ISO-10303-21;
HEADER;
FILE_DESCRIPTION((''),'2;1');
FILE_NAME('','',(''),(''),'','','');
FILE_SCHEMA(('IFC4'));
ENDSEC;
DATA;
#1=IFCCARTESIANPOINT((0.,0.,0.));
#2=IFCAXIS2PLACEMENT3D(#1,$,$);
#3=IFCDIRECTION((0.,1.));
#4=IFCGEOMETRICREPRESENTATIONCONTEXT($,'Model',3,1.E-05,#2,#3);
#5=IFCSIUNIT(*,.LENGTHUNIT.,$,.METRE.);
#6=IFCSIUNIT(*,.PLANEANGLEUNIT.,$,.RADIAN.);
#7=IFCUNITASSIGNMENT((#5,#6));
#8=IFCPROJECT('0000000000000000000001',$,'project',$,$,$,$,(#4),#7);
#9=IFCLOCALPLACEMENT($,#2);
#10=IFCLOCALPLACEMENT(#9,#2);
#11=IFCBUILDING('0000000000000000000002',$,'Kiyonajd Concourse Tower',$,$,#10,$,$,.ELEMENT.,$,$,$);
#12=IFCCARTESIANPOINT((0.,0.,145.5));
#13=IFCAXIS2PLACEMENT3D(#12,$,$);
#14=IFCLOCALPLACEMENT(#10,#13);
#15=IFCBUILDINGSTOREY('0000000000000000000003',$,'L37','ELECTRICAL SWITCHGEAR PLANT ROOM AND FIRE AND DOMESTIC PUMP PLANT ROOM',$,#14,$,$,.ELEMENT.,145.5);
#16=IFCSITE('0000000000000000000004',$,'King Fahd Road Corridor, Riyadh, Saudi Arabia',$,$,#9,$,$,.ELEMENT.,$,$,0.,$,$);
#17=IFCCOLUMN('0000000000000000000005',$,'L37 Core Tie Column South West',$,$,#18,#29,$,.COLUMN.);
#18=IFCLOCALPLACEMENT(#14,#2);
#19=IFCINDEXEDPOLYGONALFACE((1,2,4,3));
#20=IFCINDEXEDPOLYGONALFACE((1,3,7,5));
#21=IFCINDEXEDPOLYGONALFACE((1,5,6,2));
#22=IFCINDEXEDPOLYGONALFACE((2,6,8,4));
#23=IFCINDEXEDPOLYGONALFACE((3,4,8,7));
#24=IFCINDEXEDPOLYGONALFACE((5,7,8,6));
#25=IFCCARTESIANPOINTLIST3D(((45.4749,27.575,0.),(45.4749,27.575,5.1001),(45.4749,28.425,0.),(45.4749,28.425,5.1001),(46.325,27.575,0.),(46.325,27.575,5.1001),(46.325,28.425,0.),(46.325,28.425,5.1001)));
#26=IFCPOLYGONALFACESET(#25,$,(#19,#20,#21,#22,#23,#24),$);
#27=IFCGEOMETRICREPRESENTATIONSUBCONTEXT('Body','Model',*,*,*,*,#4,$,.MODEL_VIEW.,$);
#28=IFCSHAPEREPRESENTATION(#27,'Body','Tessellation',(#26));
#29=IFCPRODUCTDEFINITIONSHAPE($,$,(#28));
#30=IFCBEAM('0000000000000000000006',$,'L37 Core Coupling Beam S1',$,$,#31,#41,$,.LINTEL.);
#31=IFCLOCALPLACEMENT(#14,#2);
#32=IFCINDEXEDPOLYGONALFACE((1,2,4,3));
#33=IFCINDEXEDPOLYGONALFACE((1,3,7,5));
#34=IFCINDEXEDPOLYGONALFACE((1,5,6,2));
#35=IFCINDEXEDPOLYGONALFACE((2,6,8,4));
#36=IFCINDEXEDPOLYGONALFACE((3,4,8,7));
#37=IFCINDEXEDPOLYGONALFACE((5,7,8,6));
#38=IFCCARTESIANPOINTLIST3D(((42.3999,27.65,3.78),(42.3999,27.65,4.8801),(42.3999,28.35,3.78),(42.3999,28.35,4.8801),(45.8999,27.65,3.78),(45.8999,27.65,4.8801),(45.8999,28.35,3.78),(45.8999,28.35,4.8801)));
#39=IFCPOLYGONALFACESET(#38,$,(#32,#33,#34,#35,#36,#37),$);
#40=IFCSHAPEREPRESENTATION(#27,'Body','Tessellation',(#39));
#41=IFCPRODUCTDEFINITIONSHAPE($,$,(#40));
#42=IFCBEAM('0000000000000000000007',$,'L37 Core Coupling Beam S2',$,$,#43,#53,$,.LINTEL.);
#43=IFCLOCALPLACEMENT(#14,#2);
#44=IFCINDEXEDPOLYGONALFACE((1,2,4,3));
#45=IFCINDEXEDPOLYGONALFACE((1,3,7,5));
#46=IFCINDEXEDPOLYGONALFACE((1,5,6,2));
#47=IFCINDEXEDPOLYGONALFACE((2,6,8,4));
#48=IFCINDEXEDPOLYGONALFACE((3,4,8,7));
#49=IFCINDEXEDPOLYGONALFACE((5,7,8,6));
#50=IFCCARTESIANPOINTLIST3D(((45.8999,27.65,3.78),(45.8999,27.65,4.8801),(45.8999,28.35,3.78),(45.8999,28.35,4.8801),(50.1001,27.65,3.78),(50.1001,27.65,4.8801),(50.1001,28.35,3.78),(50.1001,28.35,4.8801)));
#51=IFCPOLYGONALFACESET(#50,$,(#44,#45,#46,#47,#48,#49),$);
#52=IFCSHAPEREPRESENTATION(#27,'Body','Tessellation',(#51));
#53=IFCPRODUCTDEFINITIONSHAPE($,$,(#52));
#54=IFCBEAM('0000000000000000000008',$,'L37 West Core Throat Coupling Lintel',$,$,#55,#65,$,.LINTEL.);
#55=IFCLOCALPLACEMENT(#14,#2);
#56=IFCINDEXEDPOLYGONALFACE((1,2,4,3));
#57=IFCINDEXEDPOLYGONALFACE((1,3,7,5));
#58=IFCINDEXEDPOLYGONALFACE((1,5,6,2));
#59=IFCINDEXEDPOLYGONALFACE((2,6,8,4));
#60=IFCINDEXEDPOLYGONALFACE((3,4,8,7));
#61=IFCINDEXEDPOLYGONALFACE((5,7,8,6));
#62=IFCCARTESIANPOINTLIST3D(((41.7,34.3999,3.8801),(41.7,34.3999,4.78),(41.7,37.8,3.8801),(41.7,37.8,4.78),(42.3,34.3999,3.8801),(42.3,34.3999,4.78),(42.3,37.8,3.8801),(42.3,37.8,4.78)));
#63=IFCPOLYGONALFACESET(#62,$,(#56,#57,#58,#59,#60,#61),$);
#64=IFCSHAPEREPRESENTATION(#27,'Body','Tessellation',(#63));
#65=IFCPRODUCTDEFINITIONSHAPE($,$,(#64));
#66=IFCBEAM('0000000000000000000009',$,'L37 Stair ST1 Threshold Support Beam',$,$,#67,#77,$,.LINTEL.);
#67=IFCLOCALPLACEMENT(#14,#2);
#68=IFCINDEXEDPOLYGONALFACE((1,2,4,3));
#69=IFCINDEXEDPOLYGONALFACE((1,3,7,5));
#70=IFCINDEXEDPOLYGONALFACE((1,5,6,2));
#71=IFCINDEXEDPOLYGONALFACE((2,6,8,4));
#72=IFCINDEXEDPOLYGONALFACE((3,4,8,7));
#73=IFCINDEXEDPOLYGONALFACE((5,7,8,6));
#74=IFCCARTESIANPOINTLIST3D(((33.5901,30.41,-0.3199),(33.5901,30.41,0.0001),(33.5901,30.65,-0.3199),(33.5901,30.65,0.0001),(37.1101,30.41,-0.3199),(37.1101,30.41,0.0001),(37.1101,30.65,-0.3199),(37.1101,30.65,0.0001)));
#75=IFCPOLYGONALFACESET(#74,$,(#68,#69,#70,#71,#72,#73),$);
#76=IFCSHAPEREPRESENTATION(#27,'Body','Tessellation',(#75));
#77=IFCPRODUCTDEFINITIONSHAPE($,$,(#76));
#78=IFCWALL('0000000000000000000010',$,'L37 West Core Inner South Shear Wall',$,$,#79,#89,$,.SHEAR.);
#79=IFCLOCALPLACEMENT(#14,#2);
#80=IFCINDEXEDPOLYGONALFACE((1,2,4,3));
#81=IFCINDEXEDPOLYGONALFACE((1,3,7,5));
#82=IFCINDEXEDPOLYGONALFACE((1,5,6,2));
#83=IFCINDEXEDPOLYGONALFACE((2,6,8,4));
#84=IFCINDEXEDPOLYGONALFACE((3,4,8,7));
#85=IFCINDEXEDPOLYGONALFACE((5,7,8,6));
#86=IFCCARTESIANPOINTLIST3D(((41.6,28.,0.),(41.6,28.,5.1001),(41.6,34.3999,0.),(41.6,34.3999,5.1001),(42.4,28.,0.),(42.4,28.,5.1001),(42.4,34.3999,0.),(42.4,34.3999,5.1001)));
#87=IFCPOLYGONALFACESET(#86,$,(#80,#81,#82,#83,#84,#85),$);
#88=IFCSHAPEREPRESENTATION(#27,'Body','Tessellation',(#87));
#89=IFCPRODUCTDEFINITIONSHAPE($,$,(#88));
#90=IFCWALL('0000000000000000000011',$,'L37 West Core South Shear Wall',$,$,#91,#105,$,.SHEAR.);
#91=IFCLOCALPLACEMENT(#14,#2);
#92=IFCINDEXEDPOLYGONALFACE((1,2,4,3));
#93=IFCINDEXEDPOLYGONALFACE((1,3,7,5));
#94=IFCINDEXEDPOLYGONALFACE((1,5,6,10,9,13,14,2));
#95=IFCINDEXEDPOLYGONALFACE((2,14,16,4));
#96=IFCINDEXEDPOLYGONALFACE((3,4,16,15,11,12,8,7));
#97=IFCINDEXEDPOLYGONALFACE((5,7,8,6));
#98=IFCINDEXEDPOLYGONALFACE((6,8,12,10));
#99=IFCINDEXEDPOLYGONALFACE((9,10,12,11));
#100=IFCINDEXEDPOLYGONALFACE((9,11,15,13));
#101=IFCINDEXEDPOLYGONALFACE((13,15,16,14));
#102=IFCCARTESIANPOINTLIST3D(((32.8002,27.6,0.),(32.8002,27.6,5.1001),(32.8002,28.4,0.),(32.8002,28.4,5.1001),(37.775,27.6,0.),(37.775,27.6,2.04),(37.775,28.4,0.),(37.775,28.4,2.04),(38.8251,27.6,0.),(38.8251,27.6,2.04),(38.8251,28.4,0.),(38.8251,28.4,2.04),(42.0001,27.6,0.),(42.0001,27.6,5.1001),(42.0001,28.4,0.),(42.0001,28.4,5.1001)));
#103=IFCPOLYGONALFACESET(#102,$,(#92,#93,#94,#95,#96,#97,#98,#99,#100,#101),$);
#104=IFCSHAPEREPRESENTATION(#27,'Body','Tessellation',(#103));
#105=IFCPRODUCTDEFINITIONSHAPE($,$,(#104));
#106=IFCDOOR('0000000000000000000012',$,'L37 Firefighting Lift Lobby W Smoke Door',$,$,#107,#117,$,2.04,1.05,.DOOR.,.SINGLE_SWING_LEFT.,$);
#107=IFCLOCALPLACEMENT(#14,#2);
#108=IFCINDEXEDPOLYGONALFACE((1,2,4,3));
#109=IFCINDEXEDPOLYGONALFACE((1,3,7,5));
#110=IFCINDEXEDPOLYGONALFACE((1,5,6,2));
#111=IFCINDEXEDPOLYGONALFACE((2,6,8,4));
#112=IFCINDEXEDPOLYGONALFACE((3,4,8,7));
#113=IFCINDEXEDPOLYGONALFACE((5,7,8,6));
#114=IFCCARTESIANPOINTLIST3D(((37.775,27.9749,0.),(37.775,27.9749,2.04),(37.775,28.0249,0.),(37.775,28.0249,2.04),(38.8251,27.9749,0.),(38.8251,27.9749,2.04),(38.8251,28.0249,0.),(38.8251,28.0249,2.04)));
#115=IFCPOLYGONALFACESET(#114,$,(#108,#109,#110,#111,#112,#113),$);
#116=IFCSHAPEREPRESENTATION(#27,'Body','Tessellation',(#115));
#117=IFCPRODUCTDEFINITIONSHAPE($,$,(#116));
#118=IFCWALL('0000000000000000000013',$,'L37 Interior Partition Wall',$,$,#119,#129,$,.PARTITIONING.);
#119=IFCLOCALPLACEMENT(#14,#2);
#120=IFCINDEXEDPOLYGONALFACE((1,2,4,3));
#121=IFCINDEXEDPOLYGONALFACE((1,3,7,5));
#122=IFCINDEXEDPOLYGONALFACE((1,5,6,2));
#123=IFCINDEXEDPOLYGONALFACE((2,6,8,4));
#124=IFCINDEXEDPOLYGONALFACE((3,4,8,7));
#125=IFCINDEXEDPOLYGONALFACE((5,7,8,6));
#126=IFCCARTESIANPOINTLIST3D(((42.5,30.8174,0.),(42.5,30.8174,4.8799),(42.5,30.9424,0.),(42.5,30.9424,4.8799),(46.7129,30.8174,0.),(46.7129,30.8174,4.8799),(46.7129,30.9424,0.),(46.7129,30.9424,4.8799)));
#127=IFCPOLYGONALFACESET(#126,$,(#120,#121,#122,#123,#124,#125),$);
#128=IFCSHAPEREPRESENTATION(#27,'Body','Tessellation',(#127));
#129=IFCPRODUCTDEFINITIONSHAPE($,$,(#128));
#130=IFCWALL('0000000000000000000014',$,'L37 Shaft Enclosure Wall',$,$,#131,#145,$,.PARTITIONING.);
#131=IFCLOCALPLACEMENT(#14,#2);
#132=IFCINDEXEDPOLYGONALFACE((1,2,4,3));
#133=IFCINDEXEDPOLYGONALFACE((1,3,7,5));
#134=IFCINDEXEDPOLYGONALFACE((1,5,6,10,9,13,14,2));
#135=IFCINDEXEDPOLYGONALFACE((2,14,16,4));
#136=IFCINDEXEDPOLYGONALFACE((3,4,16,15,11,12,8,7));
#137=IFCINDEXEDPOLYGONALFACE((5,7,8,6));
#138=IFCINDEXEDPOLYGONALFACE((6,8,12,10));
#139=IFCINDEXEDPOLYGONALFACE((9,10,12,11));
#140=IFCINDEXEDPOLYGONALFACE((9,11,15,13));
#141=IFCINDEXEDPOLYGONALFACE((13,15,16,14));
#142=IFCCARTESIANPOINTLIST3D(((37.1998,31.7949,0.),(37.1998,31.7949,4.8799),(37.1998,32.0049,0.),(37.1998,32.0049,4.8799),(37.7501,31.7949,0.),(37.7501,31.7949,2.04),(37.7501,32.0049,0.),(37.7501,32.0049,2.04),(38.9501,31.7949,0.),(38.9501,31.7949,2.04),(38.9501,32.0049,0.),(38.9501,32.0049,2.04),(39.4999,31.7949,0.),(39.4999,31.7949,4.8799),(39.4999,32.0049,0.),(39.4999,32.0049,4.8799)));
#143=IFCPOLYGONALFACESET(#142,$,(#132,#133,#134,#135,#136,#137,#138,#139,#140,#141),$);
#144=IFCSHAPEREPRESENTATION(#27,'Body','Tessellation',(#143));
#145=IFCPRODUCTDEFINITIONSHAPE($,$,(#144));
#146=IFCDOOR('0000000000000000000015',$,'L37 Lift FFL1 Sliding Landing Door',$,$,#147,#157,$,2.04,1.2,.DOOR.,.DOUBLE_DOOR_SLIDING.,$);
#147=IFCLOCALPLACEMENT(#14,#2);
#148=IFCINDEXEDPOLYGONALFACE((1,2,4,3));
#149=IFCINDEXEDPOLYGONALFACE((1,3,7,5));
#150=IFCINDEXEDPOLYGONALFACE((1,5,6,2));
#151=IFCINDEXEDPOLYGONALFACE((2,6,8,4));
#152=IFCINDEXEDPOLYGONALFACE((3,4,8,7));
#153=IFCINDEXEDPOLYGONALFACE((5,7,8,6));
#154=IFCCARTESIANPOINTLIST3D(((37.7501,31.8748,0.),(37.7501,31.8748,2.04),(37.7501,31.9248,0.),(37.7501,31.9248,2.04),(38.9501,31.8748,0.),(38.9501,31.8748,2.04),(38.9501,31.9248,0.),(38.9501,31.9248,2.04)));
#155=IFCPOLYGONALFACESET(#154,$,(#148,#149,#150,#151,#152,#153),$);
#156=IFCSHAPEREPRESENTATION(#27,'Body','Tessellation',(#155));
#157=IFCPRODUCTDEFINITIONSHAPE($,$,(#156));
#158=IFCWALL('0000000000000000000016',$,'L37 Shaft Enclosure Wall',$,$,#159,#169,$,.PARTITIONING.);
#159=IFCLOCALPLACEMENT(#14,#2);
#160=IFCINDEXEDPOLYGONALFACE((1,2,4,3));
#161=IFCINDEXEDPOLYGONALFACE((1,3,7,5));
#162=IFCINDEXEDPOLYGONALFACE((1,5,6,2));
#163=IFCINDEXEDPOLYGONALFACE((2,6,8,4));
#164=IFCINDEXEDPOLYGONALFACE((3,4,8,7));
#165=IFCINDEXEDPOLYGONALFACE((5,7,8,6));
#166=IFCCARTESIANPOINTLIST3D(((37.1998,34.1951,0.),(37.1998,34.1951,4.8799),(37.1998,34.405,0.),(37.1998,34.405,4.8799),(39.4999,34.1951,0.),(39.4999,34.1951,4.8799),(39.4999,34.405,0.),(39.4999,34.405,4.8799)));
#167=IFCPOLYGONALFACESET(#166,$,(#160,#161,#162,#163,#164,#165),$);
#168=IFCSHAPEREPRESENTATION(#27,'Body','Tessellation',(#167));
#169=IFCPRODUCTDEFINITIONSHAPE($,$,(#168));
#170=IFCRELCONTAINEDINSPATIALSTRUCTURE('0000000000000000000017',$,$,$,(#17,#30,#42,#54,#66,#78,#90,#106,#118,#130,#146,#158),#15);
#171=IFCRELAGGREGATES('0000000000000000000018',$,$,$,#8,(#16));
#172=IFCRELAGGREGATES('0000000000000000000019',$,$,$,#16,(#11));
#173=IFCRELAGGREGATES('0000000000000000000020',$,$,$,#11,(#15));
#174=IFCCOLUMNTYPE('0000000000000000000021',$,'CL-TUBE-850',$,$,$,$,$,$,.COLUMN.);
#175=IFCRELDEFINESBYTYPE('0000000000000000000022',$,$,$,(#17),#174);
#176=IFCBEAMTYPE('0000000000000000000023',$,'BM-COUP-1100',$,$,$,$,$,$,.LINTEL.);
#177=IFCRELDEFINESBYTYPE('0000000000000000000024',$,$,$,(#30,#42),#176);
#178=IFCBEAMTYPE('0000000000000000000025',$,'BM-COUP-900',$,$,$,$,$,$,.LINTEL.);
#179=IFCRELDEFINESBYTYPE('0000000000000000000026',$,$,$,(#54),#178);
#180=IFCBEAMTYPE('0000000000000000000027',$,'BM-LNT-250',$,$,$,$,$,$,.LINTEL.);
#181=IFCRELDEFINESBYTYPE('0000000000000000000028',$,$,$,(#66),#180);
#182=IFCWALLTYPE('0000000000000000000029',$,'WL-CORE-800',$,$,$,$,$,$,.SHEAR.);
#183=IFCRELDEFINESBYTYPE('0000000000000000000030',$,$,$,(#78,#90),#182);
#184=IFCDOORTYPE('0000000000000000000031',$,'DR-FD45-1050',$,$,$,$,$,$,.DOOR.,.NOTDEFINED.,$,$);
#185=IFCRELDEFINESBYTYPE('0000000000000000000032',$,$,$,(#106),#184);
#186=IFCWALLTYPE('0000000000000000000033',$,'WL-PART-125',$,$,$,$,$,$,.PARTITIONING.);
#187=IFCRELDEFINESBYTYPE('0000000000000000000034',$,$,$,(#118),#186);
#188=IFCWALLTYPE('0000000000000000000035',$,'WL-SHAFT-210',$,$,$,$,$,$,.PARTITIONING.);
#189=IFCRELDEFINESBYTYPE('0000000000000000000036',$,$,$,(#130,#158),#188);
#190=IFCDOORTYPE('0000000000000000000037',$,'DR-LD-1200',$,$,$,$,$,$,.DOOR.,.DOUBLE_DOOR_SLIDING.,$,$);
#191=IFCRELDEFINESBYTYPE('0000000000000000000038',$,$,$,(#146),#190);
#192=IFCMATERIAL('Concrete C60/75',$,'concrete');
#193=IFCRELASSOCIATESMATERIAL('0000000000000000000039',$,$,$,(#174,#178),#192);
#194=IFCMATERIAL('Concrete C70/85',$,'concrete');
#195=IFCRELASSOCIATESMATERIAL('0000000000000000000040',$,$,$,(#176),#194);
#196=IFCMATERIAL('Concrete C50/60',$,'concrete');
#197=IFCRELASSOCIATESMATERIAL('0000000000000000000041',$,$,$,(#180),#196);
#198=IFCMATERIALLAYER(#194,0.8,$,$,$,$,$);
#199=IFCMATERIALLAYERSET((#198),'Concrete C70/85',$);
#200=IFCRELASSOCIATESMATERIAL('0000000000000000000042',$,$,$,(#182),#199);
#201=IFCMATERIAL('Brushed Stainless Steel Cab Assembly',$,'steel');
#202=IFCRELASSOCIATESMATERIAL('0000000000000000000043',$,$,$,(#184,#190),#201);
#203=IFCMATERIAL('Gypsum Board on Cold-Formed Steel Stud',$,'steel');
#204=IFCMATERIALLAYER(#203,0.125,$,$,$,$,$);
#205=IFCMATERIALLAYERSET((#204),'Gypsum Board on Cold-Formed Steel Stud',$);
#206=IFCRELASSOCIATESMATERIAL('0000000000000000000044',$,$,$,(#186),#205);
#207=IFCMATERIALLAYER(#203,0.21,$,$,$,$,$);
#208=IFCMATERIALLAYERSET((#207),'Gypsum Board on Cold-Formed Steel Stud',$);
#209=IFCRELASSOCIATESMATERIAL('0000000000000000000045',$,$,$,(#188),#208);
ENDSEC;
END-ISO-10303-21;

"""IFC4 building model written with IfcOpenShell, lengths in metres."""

from ifc_helpers import new_model, si_unit, direction, frame, frame_2d, origin, origin_2d, place, context, subcontext, project, spatial, rectangle, extrude, material, layer, layer_set, material_profile, profile_set, type_object, element, fill, save


model = new_model("IFC4")

# Units and contexts
model_context = context("Model", 3, precision=1e-05, world=origin(), true_north=direction((0.0, 1.0)))
body_context = subcontext(model_context, "Body", "Model", "MODEL_VIEW")
ifc_project = project(units=[si_unit("LENGTHUNIT", "METRE"), si_unit("PLANEANGLEUNIT", "RADIAN")], contexts=[model_context])

# Site, building, storey
site_placement = place(None, origin())
site = spatial("IfcSite", under=ifc_project, at=site_placement, Name="King Fahd Road Corridor, Riyadh, Saudi Arabia", CompositionType="ELEMENT", RefElevation=0.0)
building_placement = place(site_placement, origin())
building = spatial("IfcBuilding", under=site, at=building_placement, Name="Kiyonajd Concourse Tower", CompositionType="ELEMENT")
storey_placement = place(building_placement, frame((0.0, 0.0, 145.5)))
storey = spatial("IfcBuildingStorey", under=building, at=storey_placement, Name="L37", Description="ELECTRICAL SWITCHGEAR PLANT ROOM AND FIRE AND DOMESTIC PUMP PLANT ROOM", CompositionType="ELEMENT", Elevation=145.5)

# Column
ifc_material_1 = material(Name="Concrete C60/75", Category="concrete")
ifc_material_profile_1 = material_profile(ifc_material_1, rectangle(XDim=0.8501, YDim=0.8501, at=origin_2d()), Name="RC-850x850")
ifc_profile_set_1 = profile_set([ifc_material_profile_1], Name="Concrete C60/75")
column_type = type_object("IfcColumnType", Name="CL-TUBE-850", PredefinedType="COLUMN", material=ifc_profile_set_1)
column_placement = place(storey_placement, frame((45.8999, 28.0, 0.0), z_axis=(0.0, 0.0, 1.0), x_axis=(1.0, 0.0, 0.0)))
element("IfcColumn", 1, at=column_placement, inside=storey, type_object=column_type, Name="L37 Core Tie Column South West", PredefinedType="COLUMN", context=body_context, shape_type="SweptSolid", body=[
    extrude(rectangle(XDim=0.8501, YDim=0.8501, at=origin_2d()), origin(), (0.0, 0.0, 1.0), 5.1001),
])

# Beams
ifc_material_2 = material(Name="Concrete C70/85", Category="concrete")
ifc_material_profile_2 = material_profile(ifc_material_2, rectangle(XDim=0.7, YDim=1.1001, at=origin_2d()), Name="RCBM-700x1100")
ifc_profile_set_2 = profile_set([ifc_material_profile_2], Name="Concrete C70/85")
beam_type_1 = type_object("IfcBeamType", Name="BM-COUP-1100", PredefinedType="LINTEL", material=ifc_profile_set_2)
beam_1_placement = place(storey_placement, frame((42.3999, 28.0, 4.3301), z_axis=(1.0, 0.0, 0.0), x_axis=(0.0, 1.0, 0.0)))
element("IfcBeam", 2, at=beam_1_placement, inside=storey, type_object=beam_type_1, Name="L37 Core Coupling Beam S1", PredefinedType="LINTEL", context=body_context, shape_type="SweptSolid", body=[
    extrude(rectangle(XDim=0.7, YDim=1.1001, at=origin_2d()), origin(), (0.0, 0.0, 1.0), 3.5),
])
beam_2_placement = place(storey_placement, frame((45.8999, 28.0, 4.3301), z_axis=(1.0, 0.0, 0.0), x_axis=(0.0, 1.0, 0.0)))
element("IfcBeam", 3, at=beam_2_placement, inside=storey, type_object=beam_type_1, Name="L37 Core Coupling Beam S2", PredefinedType="LINTEL", context=body_context, shape_type="SweptSolid", body=[
    extrude(rectangle(XDim=0.7, YDim=1.1001, at=origin_2d()), origin(), (0.0, 0.0, 1.0), 4.2002),
])
ifc_material_profile_3 = material_profile(ifc_material_1, rectangle(XDim=0.6001, YDim=0.8999, at=origin_2d()), Name="RCBM-600x900")
ifc_profile_set_3 = profile_set([ifc_material_profile_3], Name="Concrete C60/75")
beam_type_2 = type_object("IfcBeamType", Name="BM-COUP-900", PredefinedType="LINTEL", material=ifc_profile_set_3)
beam_3_placement = place(storey_placement, frame((42.0, 34.3999, 4.3301), z_axis=(0.0, 1.0, 0.0), x_axis=(-1.0, 0.0, 0.0)))
element("IfcBeam", 4, at=beam_3_placement, inside=storey, type_object=beam_type_2, Name="L37 West Core Throat Coupling Lintel", PredefinedType="LINTEL", context=body_context, shape_type="SweptSolid", body=[
    extrude(rectangle(XDim=0.6001, YDim=0.8999, at=origin_2d()), origin(), (0.0, 0.0, 1.0), 3.4001),
])
ifc_material_3 = material(Name="Concrete C50/60", Category="concrete")
ifc_material_profile_4 = material_profile(ifc_material_3, rectangle(XDim=0.24, YDim=0.3201, at=origin_2d()), Name="RCBM-240x320")
ifc_profile_set_4 = profile_set([ifc_material_profile_4], Name="Concrete C50/60")
beam_type_3 = type_object("IfcBeamType", Name="BM-LNT-250", PredefinedType="LINTEL", material=ifc_profile_set_4)
beam_4_placement = place(storey_placement, frame((33.5901, 30.53, -0.1599), z_axis=(1.0, 0.0, 0.0), x_axis=(0.0, 1.0, 0.0)))
element("IfcBeam", 5, at=beam_4_placement, inside=storey, type_object=beam_type_3, Name="L37 Stair ST1 Threshold Support Beam", PredefinedType="LINTEL", context=body_context, shape_type="SweptSolid", body=[
    extrude(rectangle(XDim=0.24, YDim=0.3201, at=origin_2d()), origin(), (0.0, 0.0, 1.0), 3.52),
])

# Wall
ifc_layer_1 = layer(ifc_material_2, 0.8)
ifc_layer_set_1 = layer_set([ifc_layer_1], Name="Concrete C70/85")
wall_type_1 = type_object("IfcWallType", Name="WL-CORE-800", PredefinedType="SHEAR", material=ifc_layer_set_1)
wall_1_placement = place(storey_placement, frame((42.0, 28.0, 0.0), z_axis=(0.0, 0.0, 1.0), x_axis=(0.0, 1.0, 0.0)))
element("IfcWall", 6, at=wall_1_placement, inside=storey, type_object=wall_type_1, Name="L37 West Core Inner South Shear Wall", PredefinedType="SHEAR", context=body_context, shape_type="SweptSolid", body=[
    extrude(rectangle(XDim=6.3999, YDim=0.8, at=frame_2d((3.2, 0.0))), origin(), (0.0, 0.0, 1.0), 5.1001),
])

# Wall, opening, door
wall_2_placement = place(storey_placement, frame((32.8, 28.0, 0.0), z_axis=(0.0, 0.0, 1.0), x_axis=(1.0, 0.0, 0.0)))
wall_2 = element("IfcWall", 7, at=wall_2_placement, inside=storey, type_object=wall_type_1, Name="L37 West Core South Shear Wall", PredefinedType="SHEAR", context=body_context, shape_type="SweptSolid", body=[
    extrude(rectangle(XDim=9.2, YDim=0.8, at=frame_2d((4.6001, 0.0))), origin(), (0.0, 0.0, 1.0), 5.1001),
])
opening_1_placement = place(wall_2_placement, frame((4.9751, 0.0, 0.0)))
opening_1 = element("IfcOpeningElement", 8, at=opening_1_placement, cuts=wall_2, PredefinedType="OPENING", context=body_context, shape_type="SweptSolid", body=[
    extrude(rectangle(XDim=1.05, YDim=2.04, at=frame_2d((0.5249, 1.02))), frame((0.0, 0.4099, 0.0), z_axis=(0.0, -1.0, 0.0), x_axis=(1.0, 0.0, 0.0)), (0.0, 0.0, 1.0), 0.8201),
])
ifc_material_4 = material(Name="Brushed Stainless Steel Cab Assembly", Category="steel")
door_type_1 = type_object("IfcDoorType", Name="DR-FD45-1050", OperationType="NOTDEFINED", PredefinedType="DOOR", material=ifc_material_4)
door_1_placement = place(opening_1_placement, origin())
door_1 = element("IfcDoor", 9, at=door_1_placement, inside=storey, type_object=door_type_1, Name="L37 Firefighting Lift Lobby W Smoke Door", OperationType="SINGLE_SWING_LEFT", OverallHeight=2.04, OverallWidth=1.05, PredefinedType="DOOR", context=body_context, shape_type="SweptSolid", body=[
    extrude(rectangle(XDim=1.05, YDim=2.04, at=frame_2d((0.5249, 1.02))), frame((0.0, 0.0249, 0.0), z_axis=(0.0, -1.0, 0.0), x_axis=(1.0, 0.0, 0.0)), (0.0, 0.0, 1.0), 0.05),
])
fill(opening_1, door_1)

# Wall
ifc_material_5 = material(Name="Gypsum Board on Cold-Formed Steel Stud", Category="steel")
ifc_layer_2 = layer(ifc_material_5, 0.125)
ifc_layer_set_2 = layer_set([ifc_layer_2], Name="Gypsum Board on Cold-Formed Steel Stud")
wall_type_2 = type_object("IfcWallType", Name="WL-PART-125", PredefinedType="PARTITIONING", material=ifc_layer_set_2)
wall_3_placement = place(storey_placement, frame((42.5, 30.8799, 0.0), z_axis=(0.0, 0.0, 1.0), x_axis=(1.0, 0.0, 0.0)))
element("IfcWall", 10, at=wall_3_placement, inside=storey, type_object=wall_type_2, Name="L37 Interior Partition Wall", PredefinedType="PARTITIONING", context=body_context, shape_type="SweptSolid", body=[
    extrude(rectangle(XDim=4.2129, YDim=0.125, at=frame_2d((2.1064, 0.0))), origin(), (0.0, 0.0, 1.0), 4.8799),
])

# Wall, opening, door
ifc_layer_3 = layer(ifc_material_5, 0.21)
ifc_layer_set_3 = layer_set([ifc_layer_3], Name="Gypsum Board on Cold-Formed Steel Stud")
wall_type_3 = type_object("IfcWallType", Name="WL-SHAFT-210", PredefinedType="PARTITIONING", material=ifc_layer_set_3)
wall_4_placement = place(storey_placement, frame((37.2, 31.8999, 0.0), z_axis=(0.0, 0.0, 1.0), x_axis=(1.0, 0.0, 0.0)))
wall_4 = element("IfcWall", 11, at=wall_4_placement, inside=storey, type_object=wall_type_3, Name="L37 Shaft Enclosure Wall", PredefinedType="PARTITIONING", context=body_context, shape_type="SweptSolid", body=[
    extrude(rectangle(XDim=2.3, YDim=0.21, at=frame_2d((1.1499, 0.0))), origin(), (0.0, 0.0, 1.0), 4.8799),
])
opening_2_placement = place(wall_4_placement, frame((0.55, 0.0, 0.0)))
opening_2 = element("IfcOpeningElement", 12, at=opening_2_placement, cuts=wall_4, PredefinedType="OPENING", context=body_context, shape_type="SweptSolid", body=[
    extrude(rectangle(XDim=1.2, YDim=2.04, at=frame_2d((0.6001, 1.02))), frame((0.0, 0.115, 0.0), z_axis=(0.0, -1.0, 0.0), x_axis=(1.0, 0.0, 0.0)), (0.0, 0.0, 1.0), 0.23),
])
door_type_2 = type_object("IfcDoorType", Name="DR-LD-1200", OperationType="DOUBLE_DOOR_SLIDING", PredefinedType="DOOR", material=ifc_material_4)
door_2_placement = place(opening_2_placement, origin())
door_2 = element("IfcDoor", 13, at=door_2_placement, inside=storey, type_object=door_type_2, Name="L37 Lift FFL1 Sliding Landing Door", OperationType="DOUBLE_DOOR_SLIDING", OverallHeight=2.04, OverallWidth=1.2, PredefinedType="DOOR", context=body_context, shape_type="SweptSolid", body=[
    extrude(rectangle(XDim=1.2, YDim=2.04, at=frame_2d((0.6001, 1.02))), frame((0.0, 0.0249, 0.0), z_axis=(0.0, -1.0, 0.0), x_axis=(1.0, 0.0, 0.0)), (0.0, 0.0, 1.0), 0.05),
])
fill(opening_2, door_2)

# Wall
wall_5_placement = place(storey_placement, frame((37.2, 34.3, 0.0), z_axis=(0.0, 0.0, 1.0), x_axis=(1.0, 0.0, 0.0)))
element("IfcWall", 14, at=wall_5_placement, inside=storey, type_object=wall_type_3, Name="L37 Shaft Enclosure Wall", PredefinedType="PARTITIONING", context=body_context, shape_type="SweptSolid", body=[
    extrude(rectangle(XDim=2.3, YDim=0.21, at=frame_2d((1.1499, 0.0))), origin(), (0.0, 0.0, 1.0), 4.8799),
])

save(model, "model.ifc")
